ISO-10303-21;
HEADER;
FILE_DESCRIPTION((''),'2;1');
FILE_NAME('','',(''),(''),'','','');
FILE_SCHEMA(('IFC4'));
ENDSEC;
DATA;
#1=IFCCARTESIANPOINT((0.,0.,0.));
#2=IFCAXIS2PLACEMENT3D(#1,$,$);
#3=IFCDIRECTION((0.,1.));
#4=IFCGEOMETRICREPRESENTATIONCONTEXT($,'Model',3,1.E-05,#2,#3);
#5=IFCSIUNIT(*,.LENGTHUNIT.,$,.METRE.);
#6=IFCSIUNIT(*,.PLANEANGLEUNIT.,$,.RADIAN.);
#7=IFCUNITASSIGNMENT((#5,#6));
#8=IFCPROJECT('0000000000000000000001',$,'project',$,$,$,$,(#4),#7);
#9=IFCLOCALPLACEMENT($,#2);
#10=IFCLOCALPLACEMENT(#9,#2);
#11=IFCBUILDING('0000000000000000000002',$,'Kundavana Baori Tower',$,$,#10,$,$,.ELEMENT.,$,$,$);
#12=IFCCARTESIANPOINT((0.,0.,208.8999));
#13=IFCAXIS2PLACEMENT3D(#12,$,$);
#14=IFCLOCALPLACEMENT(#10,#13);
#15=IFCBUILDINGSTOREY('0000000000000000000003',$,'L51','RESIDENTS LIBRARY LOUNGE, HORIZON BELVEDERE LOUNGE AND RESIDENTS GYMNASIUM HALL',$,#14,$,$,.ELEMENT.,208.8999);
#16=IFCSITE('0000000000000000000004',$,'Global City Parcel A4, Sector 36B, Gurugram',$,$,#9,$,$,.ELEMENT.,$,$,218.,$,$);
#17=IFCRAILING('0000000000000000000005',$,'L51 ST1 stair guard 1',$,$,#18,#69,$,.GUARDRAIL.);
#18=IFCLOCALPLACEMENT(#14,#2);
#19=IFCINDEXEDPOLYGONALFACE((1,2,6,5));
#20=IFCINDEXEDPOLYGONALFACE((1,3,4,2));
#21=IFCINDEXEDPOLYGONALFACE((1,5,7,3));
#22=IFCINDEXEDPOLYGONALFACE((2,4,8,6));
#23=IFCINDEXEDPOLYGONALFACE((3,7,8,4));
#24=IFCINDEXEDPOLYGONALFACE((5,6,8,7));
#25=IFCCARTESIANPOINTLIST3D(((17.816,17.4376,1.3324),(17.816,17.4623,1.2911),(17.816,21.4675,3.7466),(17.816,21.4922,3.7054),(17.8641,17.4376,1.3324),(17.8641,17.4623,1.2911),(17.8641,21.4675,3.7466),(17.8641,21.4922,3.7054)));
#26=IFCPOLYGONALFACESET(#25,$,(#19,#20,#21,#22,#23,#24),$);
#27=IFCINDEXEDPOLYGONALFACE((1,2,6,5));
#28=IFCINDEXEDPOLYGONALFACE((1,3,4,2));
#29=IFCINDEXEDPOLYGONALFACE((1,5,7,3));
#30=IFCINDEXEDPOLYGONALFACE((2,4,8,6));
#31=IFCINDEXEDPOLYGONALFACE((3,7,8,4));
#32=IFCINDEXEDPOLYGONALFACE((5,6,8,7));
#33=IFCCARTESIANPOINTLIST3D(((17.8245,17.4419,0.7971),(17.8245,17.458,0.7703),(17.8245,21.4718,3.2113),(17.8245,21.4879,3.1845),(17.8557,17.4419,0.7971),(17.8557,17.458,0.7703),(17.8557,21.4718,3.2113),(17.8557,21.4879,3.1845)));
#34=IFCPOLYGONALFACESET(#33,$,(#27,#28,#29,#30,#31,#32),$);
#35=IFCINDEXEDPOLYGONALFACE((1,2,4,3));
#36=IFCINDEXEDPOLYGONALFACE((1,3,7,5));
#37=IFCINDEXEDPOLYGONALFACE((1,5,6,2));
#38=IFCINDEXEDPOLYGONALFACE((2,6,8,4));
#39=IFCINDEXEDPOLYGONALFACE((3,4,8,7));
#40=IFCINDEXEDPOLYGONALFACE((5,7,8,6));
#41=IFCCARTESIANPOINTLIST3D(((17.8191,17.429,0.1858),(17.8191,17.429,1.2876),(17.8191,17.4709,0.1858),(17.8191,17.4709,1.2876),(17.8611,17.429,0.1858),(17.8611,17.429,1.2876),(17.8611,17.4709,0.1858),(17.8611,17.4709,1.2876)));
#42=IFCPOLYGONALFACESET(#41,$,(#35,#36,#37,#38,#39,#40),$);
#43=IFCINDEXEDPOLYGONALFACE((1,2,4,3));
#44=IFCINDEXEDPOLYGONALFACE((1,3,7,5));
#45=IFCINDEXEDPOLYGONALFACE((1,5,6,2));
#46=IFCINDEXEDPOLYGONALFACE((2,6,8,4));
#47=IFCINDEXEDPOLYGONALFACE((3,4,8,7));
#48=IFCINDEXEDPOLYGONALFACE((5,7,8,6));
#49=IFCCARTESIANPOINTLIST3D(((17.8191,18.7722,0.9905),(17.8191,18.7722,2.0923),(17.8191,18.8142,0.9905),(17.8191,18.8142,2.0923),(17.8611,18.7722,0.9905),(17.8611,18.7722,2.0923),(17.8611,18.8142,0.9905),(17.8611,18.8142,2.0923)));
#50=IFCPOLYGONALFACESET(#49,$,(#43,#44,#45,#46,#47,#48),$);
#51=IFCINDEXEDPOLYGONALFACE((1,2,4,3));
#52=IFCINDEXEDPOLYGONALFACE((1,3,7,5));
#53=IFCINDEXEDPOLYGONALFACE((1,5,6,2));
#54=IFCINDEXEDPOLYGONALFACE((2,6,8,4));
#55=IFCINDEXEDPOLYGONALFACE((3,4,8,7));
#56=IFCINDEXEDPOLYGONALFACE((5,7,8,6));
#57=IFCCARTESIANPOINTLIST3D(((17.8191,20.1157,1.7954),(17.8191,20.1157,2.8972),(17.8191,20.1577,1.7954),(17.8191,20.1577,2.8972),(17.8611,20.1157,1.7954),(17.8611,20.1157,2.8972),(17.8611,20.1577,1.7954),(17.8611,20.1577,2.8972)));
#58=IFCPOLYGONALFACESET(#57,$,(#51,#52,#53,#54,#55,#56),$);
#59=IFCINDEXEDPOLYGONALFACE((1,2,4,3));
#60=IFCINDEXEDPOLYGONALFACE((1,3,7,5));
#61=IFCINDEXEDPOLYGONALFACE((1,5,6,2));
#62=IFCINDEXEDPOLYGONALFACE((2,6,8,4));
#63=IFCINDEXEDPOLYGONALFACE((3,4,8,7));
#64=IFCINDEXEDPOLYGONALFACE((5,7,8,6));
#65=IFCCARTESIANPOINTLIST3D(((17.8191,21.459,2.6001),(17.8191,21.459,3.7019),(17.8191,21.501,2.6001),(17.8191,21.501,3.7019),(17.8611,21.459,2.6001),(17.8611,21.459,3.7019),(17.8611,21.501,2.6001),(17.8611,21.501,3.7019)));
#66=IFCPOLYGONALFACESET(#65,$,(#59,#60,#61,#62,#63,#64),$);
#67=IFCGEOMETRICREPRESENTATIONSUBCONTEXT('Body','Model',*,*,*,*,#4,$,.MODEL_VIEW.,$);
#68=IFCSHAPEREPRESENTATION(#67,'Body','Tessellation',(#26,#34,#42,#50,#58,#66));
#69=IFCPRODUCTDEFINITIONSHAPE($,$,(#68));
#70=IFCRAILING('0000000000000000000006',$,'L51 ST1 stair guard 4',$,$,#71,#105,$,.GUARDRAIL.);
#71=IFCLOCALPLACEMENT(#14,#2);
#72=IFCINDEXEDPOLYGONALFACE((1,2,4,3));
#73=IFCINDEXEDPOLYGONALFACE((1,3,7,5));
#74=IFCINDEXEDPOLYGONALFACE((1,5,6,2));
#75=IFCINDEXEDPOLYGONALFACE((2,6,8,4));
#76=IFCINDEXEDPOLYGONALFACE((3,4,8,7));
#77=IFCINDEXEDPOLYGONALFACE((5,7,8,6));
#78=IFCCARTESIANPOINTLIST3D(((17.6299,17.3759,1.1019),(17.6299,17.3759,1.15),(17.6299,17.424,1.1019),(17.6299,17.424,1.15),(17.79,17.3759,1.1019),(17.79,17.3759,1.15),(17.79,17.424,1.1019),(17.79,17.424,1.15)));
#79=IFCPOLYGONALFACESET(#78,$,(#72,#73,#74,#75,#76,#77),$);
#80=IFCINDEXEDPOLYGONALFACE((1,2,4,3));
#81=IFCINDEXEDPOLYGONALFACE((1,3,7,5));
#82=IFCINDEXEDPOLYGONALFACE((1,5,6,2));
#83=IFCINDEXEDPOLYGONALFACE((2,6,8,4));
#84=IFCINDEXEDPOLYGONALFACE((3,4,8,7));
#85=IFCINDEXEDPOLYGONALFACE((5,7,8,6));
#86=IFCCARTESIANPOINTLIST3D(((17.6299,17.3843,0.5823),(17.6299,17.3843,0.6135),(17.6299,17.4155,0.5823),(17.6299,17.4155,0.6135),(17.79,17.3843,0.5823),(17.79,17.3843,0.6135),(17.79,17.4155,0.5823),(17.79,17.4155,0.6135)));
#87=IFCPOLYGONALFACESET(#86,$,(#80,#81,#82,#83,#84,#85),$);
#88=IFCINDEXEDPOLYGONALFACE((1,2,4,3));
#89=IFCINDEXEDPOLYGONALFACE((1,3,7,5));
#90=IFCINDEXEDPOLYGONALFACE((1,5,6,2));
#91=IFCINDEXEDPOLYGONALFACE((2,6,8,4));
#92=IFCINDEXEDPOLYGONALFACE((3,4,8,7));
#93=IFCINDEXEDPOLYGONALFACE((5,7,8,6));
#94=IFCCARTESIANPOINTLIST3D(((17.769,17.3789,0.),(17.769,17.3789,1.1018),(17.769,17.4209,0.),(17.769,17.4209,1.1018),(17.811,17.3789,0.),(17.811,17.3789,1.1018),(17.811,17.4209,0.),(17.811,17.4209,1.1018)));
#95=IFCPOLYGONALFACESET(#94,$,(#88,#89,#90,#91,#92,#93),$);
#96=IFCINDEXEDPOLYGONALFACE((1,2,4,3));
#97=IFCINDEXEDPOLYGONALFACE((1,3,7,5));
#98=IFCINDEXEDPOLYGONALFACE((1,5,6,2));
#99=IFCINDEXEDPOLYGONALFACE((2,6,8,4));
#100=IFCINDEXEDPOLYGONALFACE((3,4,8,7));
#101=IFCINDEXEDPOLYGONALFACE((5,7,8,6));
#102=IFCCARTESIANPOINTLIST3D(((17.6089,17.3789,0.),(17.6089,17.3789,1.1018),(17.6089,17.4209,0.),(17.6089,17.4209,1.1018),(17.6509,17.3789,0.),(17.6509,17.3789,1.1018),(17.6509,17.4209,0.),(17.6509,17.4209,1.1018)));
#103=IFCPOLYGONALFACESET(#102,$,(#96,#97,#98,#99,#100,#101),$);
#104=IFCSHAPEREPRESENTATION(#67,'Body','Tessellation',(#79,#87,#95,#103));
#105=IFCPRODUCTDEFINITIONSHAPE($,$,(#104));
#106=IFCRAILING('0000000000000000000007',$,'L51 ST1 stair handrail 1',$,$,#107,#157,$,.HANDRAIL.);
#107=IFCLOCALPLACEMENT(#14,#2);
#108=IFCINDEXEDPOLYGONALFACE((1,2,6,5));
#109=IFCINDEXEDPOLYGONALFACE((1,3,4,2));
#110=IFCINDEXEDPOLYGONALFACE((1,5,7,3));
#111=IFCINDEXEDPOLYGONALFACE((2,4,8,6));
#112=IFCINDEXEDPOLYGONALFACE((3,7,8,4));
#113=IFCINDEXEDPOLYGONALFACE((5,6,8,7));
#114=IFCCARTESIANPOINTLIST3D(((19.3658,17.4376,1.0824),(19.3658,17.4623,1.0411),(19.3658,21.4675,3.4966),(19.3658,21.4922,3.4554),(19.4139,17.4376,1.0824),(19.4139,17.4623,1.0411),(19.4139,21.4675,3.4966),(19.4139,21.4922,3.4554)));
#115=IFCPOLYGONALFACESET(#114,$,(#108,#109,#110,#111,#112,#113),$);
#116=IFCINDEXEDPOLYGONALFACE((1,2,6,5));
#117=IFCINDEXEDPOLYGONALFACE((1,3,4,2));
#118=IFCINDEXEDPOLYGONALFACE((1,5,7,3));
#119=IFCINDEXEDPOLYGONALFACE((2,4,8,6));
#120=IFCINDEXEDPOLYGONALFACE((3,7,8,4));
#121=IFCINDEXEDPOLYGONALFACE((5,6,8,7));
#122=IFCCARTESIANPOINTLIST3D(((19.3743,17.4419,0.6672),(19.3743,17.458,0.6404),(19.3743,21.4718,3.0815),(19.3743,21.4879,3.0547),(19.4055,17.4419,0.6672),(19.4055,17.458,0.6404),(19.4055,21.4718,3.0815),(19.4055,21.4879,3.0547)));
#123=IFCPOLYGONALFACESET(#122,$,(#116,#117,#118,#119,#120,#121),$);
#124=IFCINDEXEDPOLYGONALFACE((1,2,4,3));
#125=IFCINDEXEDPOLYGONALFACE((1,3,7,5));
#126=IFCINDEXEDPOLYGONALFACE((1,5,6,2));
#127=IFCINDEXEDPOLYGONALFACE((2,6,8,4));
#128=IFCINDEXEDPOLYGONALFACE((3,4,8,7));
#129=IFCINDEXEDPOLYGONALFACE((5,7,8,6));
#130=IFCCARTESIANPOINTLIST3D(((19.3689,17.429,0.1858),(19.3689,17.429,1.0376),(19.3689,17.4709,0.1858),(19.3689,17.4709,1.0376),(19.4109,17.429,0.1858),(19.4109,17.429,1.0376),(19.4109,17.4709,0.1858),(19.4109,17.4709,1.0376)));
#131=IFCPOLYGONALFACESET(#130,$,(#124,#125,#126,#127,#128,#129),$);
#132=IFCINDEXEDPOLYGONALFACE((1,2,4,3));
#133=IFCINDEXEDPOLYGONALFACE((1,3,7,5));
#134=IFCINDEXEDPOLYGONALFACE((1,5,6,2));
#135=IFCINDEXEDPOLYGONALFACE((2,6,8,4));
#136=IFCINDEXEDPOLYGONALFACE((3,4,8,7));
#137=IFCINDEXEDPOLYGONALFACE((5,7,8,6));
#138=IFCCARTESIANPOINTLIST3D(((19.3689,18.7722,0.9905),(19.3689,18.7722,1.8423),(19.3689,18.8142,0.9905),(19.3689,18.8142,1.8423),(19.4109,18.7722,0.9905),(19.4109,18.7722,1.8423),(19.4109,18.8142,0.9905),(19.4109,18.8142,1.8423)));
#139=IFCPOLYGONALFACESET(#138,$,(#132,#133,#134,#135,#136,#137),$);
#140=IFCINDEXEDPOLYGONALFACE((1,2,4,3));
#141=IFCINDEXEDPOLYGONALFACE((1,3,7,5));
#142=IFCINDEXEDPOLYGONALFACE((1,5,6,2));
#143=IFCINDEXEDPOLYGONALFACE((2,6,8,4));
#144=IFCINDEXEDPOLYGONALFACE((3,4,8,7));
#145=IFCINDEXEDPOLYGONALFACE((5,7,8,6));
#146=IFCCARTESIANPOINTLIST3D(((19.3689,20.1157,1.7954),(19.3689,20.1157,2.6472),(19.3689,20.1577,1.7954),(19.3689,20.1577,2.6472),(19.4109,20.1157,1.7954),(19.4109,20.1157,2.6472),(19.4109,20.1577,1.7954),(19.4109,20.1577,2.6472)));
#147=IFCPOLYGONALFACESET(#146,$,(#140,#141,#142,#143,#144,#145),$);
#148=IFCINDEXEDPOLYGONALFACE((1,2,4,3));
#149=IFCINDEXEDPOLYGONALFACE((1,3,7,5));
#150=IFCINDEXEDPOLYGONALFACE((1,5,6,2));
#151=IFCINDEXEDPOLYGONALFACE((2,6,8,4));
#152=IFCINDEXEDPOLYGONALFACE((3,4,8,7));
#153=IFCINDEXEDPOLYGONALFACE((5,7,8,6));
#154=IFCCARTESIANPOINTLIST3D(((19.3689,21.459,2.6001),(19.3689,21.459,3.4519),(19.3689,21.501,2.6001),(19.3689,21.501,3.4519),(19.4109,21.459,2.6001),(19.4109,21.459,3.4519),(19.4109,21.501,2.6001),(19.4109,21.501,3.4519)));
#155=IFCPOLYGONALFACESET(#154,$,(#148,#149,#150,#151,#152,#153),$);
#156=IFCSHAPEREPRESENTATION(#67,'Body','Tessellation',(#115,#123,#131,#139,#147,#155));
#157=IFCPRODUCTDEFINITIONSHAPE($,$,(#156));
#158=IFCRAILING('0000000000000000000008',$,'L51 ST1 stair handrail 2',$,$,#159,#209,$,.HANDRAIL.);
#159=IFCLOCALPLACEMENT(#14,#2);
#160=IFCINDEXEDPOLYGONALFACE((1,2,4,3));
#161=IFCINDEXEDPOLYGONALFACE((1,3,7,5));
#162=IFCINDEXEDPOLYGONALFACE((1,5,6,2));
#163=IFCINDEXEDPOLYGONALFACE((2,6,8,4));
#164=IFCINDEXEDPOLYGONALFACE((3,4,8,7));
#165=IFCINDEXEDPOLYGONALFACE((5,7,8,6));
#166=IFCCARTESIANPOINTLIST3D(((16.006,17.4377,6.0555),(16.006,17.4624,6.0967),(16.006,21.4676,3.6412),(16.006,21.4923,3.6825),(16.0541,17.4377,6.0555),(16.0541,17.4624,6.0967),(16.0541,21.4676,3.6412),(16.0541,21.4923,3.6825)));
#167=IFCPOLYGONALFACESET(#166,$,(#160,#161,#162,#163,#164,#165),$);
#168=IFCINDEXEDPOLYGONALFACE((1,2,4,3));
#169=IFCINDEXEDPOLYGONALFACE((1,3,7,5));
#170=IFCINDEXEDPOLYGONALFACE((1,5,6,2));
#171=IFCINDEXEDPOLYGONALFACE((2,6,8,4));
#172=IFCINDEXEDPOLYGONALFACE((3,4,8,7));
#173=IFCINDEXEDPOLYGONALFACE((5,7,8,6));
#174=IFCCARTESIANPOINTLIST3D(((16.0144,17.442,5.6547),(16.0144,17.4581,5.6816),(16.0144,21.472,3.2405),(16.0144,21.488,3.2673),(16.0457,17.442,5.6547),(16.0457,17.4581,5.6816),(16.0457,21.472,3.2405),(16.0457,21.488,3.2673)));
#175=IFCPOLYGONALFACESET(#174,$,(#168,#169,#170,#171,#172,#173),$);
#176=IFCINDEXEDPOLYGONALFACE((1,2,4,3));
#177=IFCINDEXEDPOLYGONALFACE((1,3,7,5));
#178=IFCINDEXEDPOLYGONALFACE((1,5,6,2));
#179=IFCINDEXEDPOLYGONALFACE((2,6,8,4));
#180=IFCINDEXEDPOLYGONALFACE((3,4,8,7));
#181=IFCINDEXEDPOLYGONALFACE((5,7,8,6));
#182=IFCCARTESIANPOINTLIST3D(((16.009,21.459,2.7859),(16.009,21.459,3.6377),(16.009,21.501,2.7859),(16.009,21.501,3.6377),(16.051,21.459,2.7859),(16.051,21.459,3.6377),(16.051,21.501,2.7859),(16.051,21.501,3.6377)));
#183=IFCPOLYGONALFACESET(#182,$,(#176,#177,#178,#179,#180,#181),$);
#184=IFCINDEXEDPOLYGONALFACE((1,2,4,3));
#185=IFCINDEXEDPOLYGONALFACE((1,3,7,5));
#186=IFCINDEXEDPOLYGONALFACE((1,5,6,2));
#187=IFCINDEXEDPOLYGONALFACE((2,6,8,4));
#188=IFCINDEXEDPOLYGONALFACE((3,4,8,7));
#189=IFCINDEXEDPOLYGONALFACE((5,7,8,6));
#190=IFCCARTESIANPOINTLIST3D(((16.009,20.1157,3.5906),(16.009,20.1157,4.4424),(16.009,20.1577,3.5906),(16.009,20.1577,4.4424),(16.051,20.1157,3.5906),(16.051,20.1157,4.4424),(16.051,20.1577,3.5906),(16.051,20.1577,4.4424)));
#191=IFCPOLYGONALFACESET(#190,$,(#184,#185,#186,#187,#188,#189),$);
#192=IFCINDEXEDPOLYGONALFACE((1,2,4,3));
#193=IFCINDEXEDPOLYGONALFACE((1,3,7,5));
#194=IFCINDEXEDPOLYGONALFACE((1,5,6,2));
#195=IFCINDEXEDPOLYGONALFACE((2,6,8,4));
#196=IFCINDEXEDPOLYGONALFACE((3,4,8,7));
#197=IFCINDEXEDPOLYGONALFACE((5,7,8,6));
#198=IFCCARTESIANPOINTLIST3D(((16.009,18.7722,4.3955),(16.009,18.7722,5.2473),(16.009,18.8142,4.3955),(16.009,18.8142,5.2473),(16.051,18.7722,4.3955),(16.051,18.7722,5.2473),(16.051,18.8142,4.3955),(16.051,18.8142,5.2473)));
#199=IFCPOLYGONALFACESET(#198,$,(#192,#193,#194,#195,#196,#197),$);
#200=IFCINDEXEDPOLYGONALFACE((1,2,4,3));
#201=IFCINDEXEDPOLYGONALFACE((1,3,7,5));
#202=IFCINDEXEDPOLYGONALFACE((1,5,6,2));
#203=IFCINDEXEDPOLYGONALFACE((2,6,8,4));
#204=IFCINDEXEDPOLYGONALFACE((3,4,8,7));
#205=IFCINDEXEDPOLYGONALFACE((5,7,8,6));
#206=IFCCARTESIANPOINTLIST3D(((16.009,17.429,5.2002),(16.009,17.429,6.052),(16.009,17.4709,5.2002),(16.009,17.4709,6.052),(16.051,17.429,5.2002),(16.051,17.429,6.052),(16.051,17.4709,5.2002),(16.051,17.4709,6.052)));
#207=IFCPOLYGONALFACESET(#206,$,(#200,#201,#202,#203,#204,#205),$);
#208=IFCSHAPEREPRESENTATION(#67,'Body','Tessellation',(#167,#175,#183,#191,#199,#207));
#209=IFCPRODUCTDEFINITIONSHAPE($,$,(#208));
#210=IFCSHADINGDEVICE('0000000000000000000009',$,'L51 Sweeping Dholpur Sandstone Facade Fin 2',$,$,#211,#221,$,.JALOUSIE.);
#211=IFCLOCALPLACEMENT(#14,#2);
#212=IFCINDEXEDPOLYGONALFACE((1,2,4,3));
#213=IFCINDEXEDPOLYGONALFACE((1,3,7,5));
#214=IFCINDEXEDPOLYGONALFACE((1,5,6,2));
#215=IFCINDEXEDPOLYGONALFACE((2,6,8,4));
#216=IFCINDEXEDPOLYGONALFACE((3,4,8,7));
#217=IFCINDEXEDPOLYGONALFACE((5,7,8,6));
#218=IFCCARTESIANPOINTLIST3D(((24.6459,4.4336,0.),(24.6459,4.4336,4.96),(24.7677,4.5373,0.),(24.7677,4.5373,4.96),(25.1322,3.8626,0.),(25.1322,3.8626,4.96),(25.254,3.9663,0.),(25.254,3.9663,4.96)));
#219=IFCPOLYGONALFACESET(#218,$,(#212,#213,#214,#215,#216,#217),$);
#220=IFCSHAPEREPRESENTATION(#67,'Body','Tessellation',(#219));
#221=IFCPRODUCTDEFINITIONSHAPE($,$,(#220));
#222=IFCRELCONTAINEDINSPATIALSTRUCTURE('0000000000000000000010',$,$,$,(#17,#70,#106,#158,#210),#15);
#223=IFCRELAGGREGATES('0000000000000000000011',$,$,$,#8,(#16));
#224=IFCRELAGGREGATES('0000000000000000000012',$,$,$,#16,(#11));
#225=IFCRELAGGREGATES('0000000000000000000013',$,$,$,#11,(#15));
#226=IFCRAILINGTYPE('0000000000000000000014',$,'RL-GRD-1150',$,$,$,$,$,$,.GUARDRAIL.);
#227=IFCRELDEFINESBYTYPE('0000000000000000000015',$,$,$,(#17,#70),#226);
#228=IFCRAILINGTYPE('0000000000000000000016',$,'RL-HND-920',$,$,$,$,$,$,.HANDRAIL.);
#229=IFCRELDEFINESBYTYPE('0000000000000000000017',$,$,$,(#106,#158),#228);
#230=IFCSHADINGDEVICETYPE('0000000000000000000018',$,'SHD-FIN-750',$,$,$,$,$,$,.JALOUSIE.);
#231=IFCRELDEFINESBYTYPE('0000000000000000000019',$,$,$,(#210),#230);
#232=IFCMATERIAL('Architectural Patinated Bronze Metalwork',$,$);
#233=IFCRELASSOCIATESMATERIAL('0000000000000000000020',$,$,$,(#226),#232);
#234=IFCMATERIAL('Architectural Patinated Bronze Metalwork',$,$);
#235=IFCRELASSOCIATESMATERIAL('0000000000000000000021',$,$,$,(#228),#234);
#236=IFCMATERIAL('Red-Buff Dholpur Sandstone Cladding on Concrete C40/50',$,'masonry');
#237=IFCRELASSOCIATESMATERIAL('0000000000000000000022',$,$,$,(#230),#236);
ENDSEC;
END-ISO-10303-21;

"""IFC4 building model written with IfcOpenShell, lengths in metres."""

from ifc_helpers import new_model, si_unit, direction, frame, origin, origin_2d, place, context, subcontext, project, spatial, rectangle, extrude, material, type_object, element, save


model = new_model("IFC4")

# Units and contexts
model_context = context("Model", 3, precision=1e-05, world=origin(), true_north=direction((0.0, 1.0)))
body_context = subcontext(model_context, "Body", "Model", "MODEL_VIEW")
ifc_project = project(units=[si_unit("LENGTHUNIT", "METRE"), si_unit("PLANEANGLEUNIT", "RADIAN")], contexts=[model_context])

# Site, building, storey
site_placement = place(None, origin())
site = spatial("IfcSite", under=ifc_project, at=site_placement, Name="Global City Parcel A4, Sector 36B, Gurugram", CompositionType="ELEMENT", RefElevation=218.0)
building_placement = place(site_placement, origin())
building = spatial("IfcBuilding", under=site, at=building_placement, Name="Kundavana Baori Tower", CompositionType="ELEMENT")
storey_placement = place(building_placement, frame((0.0, 0.0, 208.8999)))
storey = spatial("IfcBuildingStorey", under=building, at=storey_placement, Name="L51", Description="RESIDENTS LIBRARY LOUNGE, HORIZON BELVEDERE LOUNGE AND RESIDENTS GYMNASIUM HALL", CompositionType="ELEMENT", Elevation=208.8999)

# Railings
ifc_material_1 = material(Name="Architectural Patinated Bronze Metalwork")
railing_type_1 = type_object("IfcRailingType", Name="RL-GRD-1150", PredefinedType="GUARDRAIL", material=ifc_material_1)
railing_1_placement = place(storey_placement, frame((17.8401, 17.45, 0.1858)))
element("IfcRailing", 1, at=railing_1_placement, inside=storey, type_object=railing_type_1, Name="L51 ST1 stair guard 1", PredefinedType="GUARDRAIL", context=body_context, shape_type="SweptSolid", body=[
    extrude(rectangle(XDim=0.0481, YDim=0.0481, at=origin_2d()), frame((0.0, 0.0, 1.126), z_axis=(0.0, 0.857841, 0.513915), x_axis=(-1.0, 0.0, 0.0)), (0.0, 0.0, 1.0), 4.6978),
    extrude(rectangle(XDim=0.0312, YDim=0.0312, at=origin_2d()), frame((0.0, 0.0, 0.5979), z_axis=(0.0, 0.857841, 0.513915), x_axis=(-1.0, 0.0, 0.0)), (0.0, 0.0, 1.0), 4.6978),
    extrude(rectangle(XDim=0.042, YDim=0.042, at=origin_2d()), origin(), (0.0, 0.0, 1.0), 1.1018),
    extrude(rectangle(XDim=0.042, YDim=0.042, at=origin_2d()), frame((0.0, 1.3433, 0.8047)), (0.0, 0.0, 1.0), 1.1018),
    extrude(rectangle(XDim=0.042, YDim=0.042, at=origin_2d()), frame((0.0, 2.6868, 1.6096)), (0.0, 0.0, 1.0), 1.1018),
    extrude(rectangle(XDim=0.042, YDim=0.042, at=origin_2d()), frame((0.0, 4.03, 2.4143)), (0.0, 0.0, 1.0), 1.1018),
])
railing_2_placement = place(storey_placement, frame((17.79, 17.3999, 0.0)))
element("IfcRailing", 2, at=railing_2_placement, inside=storey, type_object=railing_type_1, Name="L51 ST1 stair guard 4", PredefinedType="GUARDRAIL", context=body_context, shape_type="SweptSolid", body=[
    extrude(rectangle(XDim=0.0481, YDim=0.0481, at=origin_2d()), frame((0.0, 0.0, 1.126), z_axis=(-1.0, 0.0, 0.0), x_axis=(0.0, -1.0, 0.0)), (0.0, 0.0, 1.0), 0.1602),
    extrude(rectangle(XDim=0.0312, YDim=0.0312, at=origin_2d()), frame((0.0, 0.0, 0.5979), z_axis=(-1.0, 0.0, 0.0), x_axis=(0.0, -1.0, 0.0)), (0.0, 0.0, 1.0), 0.1602),
    extrude(rectangle(XDim=0.042, YDim=0.042, at=origin_2d()), origin(), (0.0, 0.0, 1.0), 1.1018),
    extrude(rectangle(XDim=0.042, YDim=0.042, at=origin_2d()), frame((-0.1602, 0.0, 0.0)), (0.0, 0.0, 1.0), 1.1018),
])
ifc_material_2 = material(Name="Architectural Patinated Bronze Metalwork")
railing_type_2 = type_object("IfcRailingType", Name="RL-HND-920", PredefinedType="HANDRAIL", material=ifc_material_2)
railing_3_placement = place(storey_placement, frame((19.3899, 17.45, 0.1858)))
element("IfcRailing", 3, at=railing_3_placement, inside=storey, type_object=railing_type_2, Name="L51 ST1 stair handrail 1", PredefinedType="HANDRAIL", context=body_context, shape_type="SweptSolid", body=[
    extrude(rectangle(XDim=0.0481, YDim=0.0481, at=origin_2d()), frame((0.0, 0.0, 0.876), z_axis=(0.0, 0.857841, 0.513915), x_axis=(-1.0, 0.0, 0.0)), (0.0, 0.0, 1.0), 4.6978),
    extrude(rectangle(XDim=0.0312, YDim=0.0312, at=origin_2d()), frame((0.0, 0.0, 0.468), z_axis=(0.0, 0.857841, 0.513915), x_axis=(-1.0, 0.0, 0.0)), (0.0, 0.0, 1.0), 4.6978),
    extrude(rectangle(XDim=0.042, YDim=0.042, at=origin_2d()), origin(), (0.0, 0.0, 1.0), 0.8518),
    extrude(rectangle(XDim=0.042, YDim=0.042, at=origin_2d()), frame((0.0, 1.3433, 0.8047)), (0.0, 0.0, 1.0), 0.8518),
    extrude(rectangle(XDim=0.042, YDim=0.042, at=origin_2d()), frame((0.0, 2.6868, 1.6096)), (0.0, 0.0, 1.0), 0.8518),
    extrude(rectangle(XDim=0.042, YDim=0.042, at=origin_2d()), frame((0.0, 4.03, 2.4143)), (0.0, 0.0, 1.0), 0.8518),
])
railing_4_placement = place(storey_placement, frame((16.03, 21.48, 2.7859)))
element("IfcRailing", 4, at=railing_4_placement, inside=storey, type_object=railing_type_2, Name="L51 ST1 stair handrail 2", PredefinedType="HANDRAIL", context=body_context, shape_type="SweptSolid", body=[
    extrude(rectangle(XDim=0.0481, YDim=0.0481, at=origin_2d()), frame((0.0, 0.0, 0.876), z_axis=(0.0, -0.857841, 0.513915), x_axis=(1.0, 0.0, 0.0)), (0.0, 0.0, 1.0), 4.6978),
    extrude(rectangle(XDim=0.0312, YDim=0.0312, at=origin_2d()), frame((0.0, 0.0, 0.468), z_axis=(0.0, -0.857841, 0.513915), x_axis=(1.0, 0.0, 0.0)), (0.0, 0.0, 1.0), 4.6978),
    extrude(rectangle(XDim=0.042, YDim=0.042, at=origin_2d()), origin(), (0.0, 0.0, 1.0), 0.8518),
    extrude(rectangle(XDim=0.042, YDim=0.042, at=origin_2d()), frame((0.0, -1.3433, 0.8047)), (0.0, 0.0, 1.0), 0.8518),
    extrude(rectangle(XDim=0.042, YDim=0.042, at=origin_2d()), frame((0.0, -2.6868, 1.6096)), (0.0, 0.0, 1.0), 0.8518),
    extrude(rectangle(XDim=0.042, YDim=0.042, at=origin_2d()), frame((0.0, -4.03, 2.4143)), (0.0, 0.0, 1.0), 0.8518),
])

# Shading device
ifc_material_3 = material(Name="Red-Buff Dholpur Sandstone Cladding on Concrete C40/50", Category="masonry")
shading_device_type = type_object("IfcShadingDeviceType", Name="SHD-FIN-750", PredefinedType="JALOUSIE", material=ifc_material_3)
shading_device_placement = place(storey_placement, frame((24.95, 4.2, 0.0), z_axis=(0.0, 0.0, 1.0), x_axis=(0.761312, 0.648386, 0.0)))
element("IfcShadingDevice", 5, at=shading_device_placement, inside=storey, type_object=shading_device_type, Name="L51 Sweeping Dholpur Sandstone Facade Fin 2", PredefinedType="JALOUSIE", context=body_context, shape_type="SweptSolid", body=[
    extrude(rectangle(XDim=0.1599, YDim=0.75, at=origin_2d()), origin(), (0.0, 0.0, 1.0), 4.96),
])

save(model, "model.ifc")
